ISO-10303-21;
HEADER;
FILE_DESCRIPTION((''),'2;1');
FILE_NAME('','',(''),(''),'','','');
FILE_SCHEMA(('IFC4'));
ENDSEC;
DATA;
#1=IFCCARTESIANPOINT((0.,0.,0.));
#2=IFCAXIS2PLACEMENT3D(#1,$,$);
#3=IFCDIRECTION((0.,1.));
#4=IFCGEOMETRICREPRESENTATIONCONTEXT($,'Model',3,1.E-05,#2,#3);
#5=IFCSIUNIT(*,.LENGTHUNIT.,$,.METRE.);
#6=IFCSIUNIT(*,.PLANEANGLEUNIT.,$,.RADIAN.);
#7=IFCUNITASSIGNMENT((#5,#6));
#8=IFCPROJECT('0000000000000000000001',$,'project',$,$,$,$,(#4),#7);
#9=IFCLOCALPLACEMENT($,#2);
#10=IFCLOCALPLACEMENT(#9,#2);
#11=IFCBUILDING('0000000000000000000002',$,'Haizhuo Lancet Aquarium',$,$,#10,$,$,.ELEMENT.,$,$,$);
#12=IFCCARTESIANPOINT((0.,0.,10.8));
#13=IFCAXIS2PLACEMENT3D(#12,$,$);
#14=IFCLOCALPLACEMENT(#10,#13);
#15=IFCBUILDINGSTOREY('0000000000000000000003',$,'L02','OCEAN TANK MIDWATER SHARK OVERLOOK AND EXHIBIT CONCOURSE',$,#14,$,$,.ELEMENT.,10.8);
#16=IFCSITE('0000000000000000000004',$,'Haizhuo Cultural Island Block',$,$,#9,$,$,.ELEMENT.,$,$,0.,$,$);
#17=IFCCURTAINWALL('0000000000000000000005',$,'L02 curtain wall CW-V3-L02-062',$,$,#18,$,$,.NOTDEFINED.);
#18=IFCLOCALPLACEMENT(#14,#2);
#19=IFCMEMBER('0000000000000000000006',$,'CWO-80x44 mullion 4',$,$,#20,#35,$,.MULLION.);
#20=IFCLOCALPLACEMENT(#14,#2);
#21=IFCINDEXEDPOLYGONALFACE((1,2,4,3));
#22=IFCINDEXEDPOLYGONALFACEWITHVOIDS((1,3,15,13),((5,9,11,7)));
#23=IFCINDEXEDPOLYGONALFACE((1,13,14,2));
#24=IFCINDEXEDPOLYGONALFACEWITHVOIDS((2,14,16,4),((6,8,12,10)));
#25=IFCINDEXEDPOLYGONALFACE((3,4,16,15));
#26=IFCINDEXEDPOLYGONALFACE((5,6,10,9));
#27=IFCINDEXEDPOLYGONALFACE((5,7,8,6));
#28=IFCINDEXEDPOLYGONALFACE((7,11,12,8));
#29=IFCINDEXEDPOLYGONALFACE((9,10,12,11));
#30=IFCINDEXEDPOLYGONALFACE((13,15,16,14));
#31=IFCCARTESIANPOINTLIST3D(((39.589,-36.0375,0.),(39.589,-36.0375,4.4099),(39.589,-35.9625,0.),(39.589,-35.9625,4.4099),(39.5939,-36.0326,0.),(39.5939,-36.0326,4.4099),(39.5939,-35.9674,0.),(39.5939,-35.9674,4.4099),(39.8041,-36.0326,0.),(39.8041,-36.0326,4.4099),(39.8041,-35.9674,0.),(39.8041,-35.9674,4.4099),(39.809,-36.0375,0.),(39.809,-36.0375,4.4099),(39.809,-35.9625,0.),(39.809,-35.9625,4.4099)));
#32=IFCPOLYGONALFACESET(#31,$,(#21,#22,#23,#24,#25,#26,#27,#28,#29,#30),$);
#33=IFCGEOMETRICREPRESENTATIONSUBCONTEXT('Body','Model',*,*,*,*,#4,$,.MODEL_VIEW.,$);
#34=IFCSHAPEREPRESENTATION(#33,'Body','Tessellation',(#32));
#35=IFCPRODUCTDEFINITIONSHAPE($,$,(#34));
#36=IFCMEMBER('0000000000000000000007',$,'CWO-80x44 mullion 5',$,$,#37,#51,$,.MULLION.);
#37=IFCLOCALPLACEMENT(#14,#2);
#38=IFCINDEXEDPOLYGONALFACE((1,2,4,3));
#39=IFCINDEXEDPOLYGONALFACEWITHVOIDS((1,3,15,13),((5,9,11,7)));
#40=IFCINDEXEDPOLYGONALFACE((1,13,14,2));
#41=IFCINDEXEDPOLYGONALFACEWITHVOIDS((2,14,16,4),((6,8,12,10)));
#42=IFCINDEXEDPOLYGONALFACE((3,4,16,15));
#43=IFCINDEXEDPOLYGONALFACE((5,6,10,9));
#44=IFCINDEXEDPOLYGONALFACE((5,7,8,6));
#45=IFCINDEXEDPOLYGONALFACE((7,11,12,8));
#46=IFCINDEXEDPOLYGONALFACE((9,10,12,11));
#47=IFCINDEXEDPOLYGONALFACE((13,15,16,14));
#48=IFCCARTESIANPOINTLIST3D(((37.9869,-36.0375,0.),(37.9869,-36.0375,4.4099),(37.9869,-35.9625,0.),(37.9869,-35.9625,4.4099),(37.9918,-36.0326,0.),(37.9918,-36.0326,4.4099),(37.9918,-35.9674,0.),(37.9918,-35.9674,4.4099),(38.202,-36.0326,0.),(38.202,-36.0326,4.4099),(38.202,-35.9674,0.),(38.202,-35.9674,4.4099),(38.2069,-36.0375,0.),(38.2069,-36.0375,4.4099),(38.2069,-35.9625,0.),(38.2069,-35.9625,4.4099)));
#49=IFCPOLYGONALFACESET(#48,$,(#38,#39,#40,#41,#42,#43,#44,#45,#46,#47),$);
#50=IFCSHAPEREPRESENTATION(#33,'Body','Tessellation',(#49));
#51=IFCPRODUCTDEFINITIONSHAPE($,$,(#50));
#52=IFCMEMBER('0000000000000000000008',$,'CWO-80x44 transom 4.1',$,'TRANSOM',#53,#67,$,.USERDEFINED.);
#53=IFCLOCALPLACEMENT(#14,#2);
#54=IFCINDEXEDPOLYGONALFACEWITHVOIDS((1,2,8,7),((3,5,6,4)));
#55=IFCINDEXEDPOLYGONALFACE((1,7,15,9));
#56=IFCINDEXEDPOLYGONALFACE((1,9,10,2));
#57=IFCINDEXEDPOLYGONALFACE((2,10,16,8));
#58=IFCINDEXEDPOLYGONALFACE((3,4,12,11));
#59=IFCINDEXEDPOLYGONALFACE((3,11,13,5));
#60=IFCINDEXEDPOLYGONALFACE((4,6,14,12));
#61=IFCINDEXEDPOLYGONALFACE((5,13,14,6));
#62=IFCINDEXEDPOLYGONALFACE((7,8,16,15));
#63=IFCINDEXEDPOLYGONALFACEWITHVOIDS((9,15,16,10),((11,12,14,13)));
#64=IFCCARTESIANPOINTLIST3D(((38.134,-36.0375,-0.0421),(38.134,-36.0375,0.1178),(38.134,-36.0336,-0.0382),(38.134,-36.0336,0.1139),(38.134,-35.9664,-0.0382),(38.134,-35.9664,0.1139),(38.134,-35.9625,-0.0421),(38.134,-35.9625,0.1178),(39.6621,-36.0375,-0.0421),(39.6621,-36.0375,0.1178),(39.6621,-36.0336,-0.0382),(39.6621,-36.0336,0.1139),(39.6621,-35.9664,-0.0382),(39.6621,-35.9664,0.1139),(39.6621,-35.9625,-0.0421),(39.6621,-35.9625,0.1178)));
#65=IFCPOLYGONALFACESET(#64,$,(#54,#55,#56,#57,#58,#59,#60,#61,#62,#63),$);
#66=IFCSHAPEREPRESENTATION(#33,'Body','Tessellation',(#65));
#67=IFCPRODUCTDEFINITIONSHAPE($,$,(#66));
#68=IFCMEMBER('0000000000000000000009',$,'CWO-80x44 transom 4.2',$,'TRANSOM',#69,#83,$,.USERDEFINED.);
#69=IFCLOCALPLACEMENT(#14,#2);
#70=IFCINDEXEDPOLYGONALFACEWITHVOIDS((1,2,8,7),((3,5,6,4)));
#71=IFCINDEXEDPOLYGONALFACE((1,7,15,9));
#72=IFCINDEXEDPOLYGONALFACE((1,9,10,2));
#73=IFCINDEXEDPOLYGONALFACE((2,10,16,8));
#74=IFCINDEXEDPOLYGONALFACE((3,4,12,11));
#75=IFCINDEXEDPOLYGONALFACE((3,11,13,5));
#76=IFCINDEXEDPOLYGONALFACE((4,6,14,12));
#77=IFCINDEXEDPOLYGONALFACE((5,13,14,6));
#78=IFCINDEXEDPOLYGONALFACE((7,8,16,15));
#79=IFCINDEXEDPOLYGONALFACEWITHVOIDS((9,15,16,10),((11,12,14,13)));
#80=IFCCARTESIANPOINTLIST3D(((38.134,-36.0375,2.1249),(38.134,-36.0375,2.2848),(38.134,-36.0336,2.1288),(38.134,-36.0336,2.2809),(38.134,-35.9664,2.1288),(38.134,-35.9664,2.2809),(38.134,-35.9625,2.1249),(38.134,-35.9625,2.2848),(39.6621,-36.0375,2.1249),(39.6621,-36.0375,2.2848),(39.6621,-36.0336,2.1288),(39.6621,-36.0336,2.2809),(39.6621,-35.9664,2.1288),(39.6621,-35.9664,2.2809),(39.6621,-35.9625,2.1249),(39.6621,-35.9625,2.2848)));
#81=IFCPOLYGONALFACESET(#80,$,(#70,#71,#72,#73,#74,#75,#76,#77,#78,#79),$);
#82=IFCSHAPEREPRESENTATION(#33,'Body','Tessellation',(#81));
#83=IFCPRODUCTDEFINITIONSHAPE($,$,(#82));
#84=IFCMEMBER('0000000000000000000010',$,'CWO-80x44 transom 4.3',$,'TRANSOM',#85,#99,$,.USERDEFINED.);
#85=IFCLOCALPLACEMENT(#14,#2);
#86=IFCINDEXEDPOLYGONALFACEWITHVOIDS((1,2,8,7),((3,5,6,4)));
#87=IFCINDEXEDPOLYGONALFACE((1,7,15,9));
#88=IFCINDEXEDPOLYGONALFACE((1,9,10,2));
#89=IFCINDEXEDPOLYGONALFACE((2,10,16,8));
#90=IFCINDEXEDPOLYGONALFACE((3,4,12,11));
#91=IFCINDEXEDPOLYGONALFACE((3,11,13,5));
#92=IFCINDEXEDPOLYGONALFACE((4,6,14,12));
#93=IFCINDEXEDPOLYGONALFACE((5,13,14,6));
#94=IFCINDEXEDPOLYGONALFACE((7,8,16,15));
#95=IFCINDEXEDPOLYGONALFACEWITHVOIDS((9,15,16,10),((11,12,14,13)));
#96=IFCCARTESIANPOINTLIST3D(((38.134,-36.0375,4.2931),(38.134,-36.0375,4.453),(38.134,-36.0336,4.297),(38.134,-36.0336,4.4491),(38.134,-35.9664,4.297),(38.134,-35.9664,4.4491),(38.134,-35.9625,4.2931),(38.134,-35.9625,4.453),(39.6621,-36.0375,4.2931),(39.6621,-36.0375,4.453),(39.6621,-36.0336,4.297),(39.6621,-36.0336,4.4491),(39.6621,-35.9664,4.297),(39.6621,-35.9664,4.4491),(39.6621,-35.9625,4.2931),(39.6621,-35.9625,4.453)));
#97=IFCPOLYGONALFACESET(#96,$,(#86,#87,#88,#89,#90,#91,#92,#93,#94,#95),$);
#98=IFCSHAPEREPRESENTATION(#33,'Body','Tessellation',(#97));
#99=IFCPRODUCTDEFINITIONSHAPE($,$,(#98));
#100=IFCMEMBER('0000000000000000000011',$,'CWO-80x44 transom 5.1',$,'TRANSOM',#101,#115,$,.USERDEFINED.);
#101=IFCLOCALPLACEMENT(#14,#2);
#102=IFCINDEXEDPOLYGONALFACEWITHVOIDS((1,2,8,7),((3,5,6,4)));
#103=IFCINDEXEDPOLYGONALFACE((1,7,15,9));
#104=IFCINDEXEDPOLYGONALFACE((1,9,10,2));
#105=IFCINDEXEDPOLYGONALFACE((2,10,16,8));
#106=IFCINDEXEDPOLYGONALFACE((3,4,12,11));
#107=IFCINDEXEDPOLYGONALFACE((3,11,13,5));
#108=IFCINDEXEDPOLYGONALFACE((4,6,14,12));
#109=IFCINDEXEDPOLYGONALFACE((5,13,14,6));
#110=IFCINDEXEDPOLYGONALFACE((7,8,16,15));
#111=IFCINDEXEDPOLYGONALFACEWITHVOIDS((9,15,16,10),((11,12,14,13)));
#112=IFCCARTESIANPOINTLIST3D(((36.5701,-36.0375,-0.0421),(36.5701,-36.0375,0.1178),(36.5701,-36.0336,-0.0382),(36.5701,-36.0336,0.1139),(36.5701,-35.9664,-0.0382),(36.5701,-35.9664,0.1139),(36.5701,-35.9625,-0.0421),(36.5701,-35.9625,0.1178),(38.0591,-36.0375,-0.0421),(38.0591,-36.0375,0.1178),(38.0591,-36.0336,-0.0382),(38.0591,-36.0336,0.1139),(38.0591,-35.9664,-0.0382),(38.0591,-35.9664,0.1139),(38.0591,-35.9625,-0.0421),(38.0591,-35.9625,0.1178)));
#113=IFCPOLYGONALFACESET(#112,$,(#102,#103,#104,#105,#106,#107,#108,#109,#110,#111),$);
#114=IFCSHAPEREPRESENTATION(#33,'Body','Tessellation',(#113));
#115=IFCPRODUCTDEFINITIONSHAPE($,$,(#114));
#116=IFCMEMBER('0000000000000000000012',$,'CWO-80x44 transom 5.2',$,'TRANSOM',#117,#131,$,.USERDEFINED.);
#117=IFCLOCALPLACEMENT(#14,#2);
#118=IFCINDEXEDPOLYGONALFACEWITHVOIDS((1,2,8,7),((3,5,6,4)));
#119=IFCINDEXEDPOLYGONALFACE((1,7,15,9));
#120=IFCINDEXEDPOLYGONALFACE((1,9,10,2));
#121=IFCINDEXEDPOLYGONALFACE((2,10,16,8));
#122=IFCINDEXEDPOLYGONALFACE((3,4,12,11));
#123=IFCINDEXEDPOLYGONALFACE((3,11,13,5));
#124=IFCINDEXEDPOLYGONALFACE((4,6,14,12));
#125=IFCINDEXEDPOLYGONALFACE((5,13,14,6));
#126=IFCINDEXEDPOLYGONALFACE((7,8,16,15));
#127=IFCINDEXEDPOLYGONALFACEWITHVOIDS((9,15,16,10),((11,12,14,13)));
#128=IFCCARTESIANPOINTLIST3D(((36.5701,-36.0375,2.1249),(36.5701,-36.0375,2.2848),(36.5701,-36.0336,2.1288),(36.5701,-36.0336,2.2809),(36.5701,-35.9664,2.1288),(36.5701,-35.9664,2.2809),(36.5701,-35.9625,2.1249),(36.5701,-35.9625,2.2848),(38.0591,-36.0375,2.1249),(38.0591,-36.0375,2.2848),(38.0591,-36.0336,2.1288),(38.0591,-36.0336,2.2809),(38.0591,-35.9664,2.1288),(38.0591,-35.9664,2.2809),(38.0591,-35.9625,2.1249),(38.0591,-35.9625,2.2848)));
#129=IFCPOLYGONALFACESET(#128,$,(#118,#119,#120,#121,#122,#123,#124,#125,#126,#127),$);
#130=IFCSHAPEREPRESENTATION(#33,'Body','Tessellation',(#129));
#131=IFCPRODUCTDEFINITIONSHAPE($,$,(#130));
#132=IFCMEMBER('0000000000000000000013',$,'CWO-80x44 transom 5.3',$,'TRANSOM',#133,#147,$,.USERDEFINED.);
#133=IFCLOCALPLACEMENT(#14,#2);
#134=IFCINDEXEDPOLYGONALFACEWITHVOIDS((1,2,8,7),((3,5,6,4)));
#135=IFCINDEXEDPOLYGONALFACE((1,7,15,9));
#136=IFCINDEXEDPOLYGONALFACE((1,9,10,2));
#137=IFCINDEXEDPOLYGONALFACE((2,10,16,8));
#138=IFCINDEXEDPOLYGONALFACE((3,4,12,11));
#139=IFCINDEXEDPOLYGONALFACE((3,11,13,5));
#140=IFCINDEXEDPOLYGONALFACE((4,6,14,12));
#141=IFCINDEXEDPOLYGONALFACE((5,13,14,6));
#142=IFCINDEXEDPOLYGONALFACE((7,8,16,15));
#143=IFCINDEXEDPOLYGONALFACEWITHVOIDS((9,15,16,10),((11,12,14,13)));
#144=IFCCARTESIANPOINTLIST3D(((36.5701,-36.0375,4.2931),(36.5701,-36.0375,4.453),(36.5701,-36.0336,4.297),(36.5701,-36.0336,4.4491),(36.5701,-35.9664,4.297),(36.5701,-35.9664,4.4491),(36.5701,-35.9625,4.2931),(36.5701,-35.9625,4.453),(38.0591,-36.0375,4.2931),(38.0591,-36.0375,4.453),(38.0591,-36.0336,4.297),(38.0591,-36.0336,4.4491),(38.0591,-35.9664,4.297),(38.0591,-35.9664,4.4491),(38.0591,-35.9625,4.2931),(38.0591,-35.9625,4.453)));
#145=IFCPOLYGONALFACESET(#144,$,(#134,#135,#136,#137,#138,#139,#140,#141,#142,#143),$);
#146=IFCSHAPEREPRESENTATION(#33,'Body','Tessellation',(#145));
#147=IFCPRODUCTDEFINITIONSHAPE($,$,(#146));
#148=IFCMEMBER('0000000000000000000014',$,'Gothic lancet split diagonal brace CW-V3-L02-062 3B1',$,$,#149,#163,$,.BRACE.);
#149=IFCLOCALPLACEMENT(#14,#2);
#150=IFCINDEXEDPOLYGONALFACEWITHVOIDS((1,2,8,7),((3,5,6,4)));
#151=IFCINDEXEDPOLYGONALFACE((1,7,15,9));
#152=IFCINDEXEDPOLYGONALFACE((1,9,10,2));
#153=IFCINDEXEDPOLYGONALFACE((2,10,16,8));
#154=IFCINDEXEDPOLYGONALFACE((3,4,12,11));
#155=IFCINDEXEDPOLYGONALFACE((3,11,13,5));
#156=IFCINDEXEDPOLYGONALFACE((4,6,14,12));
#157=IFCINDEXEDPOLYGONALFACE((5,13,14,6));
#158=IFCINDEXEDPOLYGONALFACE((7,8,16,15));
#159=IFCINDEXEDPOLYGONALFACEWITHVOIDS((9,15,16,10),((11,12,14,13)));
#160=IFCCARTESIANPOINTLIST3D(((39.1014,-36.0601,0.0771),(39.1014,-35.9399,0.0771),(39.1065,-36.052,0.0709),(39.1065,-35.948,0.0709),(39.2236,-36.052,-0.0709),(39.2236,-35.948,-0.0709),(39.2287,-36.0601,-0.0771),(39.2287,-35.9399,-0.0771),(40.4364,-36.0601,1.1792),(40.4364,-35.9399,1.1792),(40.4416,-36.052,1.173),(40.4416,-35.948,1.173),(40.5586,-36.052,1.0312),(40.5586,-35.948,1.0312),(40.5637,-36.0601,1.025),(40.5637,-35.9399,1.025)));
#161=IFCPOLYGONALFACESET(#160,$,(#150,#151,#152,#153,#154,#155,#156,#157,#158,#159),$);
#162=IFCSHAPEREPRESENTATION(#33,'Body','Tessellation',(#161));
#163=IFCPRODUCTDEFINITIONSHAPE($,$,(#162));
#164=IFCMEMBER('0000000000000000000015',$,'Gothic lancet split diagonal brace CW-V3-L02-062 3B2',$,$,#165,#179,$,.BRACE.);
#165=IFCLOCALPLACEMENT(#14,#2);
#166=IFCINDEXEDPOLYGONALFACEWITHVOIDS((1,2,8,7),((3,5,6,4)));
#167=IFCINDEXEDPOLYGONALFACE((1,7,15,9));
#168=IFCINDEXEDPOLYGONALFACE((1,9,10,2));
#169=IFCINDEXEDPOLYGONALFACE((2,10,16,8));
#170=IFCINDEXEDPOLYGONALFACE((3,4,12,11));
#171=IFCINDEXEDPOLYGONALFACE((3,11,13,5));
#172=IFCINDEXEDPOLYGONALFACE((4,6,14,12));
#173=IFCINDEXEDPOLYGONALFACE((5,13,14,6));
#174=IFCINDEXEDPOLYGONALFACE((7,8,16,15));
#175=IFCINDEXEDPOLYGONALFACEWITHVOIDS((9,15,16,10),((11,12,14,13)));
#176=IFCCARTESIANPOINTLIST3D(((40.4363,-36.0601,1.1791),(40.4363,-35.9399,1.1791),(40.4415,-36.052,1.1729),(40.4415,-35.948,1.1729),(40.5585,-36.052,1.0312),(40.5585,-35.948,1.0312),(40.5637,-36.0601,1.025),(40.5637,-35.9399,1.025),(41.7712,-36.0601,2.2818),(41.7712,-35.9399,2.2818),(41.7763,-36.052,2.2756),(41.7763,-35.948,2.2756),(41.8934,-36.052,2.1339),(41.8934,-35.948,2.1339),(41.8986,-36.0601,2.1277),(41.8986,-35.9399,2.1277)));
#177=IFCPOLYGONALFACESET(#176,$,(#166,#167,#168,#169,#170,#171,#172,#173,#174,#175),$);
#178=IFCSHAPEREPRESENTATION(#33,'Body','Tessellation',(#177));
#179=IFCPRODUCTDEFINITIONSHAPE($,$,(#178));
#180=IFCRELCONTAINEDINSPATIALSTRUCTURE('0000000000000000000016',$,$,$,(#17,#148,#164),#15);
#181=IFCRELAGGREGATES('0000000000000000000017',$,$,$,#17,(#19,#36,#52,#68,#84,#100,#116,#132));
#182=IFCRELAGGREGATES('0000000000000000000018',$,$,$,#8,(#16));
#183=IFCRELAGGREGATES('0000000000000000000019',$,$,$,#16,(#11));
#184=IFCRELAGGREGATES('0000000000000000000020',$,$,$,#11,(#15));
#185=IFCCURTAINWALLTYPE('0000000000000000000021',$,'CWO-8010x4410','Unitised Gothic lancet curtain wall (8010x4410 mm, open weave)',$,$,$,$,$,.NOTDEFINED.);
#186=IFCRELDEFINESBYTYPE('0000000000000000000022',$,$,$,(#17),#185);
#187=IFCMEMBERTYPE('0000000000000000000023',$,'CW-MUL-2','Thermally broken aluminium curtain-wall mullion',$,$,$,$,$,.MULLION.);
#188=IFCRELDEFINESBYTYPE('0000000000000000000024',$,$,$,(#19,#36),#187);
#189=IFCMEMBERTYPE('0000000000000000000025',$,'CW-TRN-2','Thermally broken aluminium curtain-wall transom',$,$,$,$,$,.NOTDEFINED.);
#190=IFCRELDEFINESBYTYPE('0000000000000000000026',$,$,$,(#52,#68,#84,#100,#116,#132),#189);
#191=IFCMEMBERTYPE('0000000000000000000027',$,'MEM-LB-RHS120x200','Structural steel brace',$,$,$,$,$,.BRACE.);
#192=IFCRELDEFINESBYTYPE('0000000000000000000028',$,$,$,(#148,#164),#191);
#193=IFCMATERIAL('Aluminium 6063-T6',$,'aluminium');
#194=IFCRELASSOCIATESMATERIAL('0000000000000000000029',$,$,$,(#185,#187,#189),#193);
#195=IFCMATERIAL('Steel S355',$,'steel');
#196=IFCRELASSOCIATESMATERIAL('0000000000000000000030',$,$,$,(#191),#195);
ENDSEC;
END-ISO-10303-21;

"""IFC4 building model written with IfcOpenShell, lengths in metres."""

from ifc_helpers import new_model, si_unit, direction, frame, origin, origin_2d, place, context, subcontext, project, spatial, hollow_rectangle, extrude, material, material_profile, profile_set, type_object, element, aggregate, save


model = new_model("IFC4")

# Units and contexts
model_context = context("Model", 3, precision=1e-05, world=origin(), true_north=direction((0.0, 1.0)))
body_context = subcontext(model_context, "Body", "Model", "MODEL_VIEW")
ifc_project = project(units=[si_unit("LENGTHUNIT", "METRE"), si_unit("PLANEANGLEUNIT", "RADIAN")], contexts=[model_context])

# Site, building, storey
site_placement = place(None, origin())
site = spatial("IfcSite", under=ifc_project, at=site_placement, Name="Haizhuo Cultural Island Block", CompositionType="ELEMENT", RefElevation=0.0)
building_placement = place(site_placement, origin())
building = spatial("IfcBuilding", under=site, at=building_placement, Name="Haizhuo Lancet Aquarium", CompositionType="ELEMENT")
storey_placement = place(building_placement, frame((0.0, 0.0, 10.8)))
storey = spatial("IfcBuildingStorey", under=building, at=storey_placement, Name="L02", Description="OCEAN TANK MIDWATER SHARK OVERLOOK AND EXHIBIT CONCOURSE", CompositionType="ELEMENT", Elevation=10.8)

# Curtain wall, members
ifc_material_1 = material(Name="Aluminium 6063-T6", Category="aluminium")
curtain_wall_type = type_object("IfcCurtainWallType", Name="CWO-8010x4410", Description="Unitised Gothic lancet curtain wall (8010x4410 mm, open weave)", PredefinedType="NOTDEFINED", material=ifc_material_1)
curtain_wall_placement = place(storey_placement, origin())
curtain_wall = element("IfcCurtainWall", 1, at=curtain_wall_placement, inside=storey, type_object=curtain_wall_type, Name="L02 curtain wall CW-V3-L02-062", PredefinedType="NOTDEFINED")
ifc_material_profile_1 = material_profile(ifc_material_1, hollow_rectangle(XDim=0.075, YDim=0.22, WallThickness=0.0049, at=origin_2d()), Name="ALU-M 75x220x5")
ifc_profile_set_1 = profile_set([ifc_material_profile_1], Name="Aluminium 6063-T6")
member_type_1 = type_object("IfcMemberType", Name="CW-MUL-2", Description="Thermally broken aluminium curtain-wall mullion", PredefinedType="MULLION", material=ifc_profile_set_1)
member_1_placement = place(storey_placement, frame((39.699, -36.0, 0.0), z_axis=(0.0, 0.0, 1.0), x_axis=(0.0, -1.0, 0.0)))
member_1 = element("IfcMember", 2, at=member_1_placement, type_object=member_type_1, Name="CWO-80x44 mullion 4", PredefinedType="MULLION", context=body_context, shape_type="SweptSolid", body=[
    extrude(hollow_rectangle(XDim=0.075, YDim=0.22, WallThickness=0.0049, at=origin_2d()), origin(), (0.0, 0.0, 1.0), 4.4099),
])
member_2_placement = place(storey_placement, frame((38.0969, -36.0, 0.0), z_axis=(0.0, 0.0, 1.0), x_axis=(0.0, -1.0, 0.0)))
member_2 = element("IfcMember", 3, at=member_2_placement, type_object=member_type_1, Name="CWO-80x44 mullion 5", PredefinedType="MULLION", context=body_context, shape_type="SweptSolid", body=[
    extrude(hollow_rectangle(XDim=0.075, YDim=0.22, WallThickness=0.0049, at=origin_2d()), origin(), (0.0, 0.0, 1.0), 4.4099),
])
ifc_material_profile_2 = material_profile(ifc_material_1, hollow_rectangle(XDim=0.075, YDim=0.1599, WallThickness=0.0039, at=origin_2d()), Name="ALU-T 75x160x4")
ifc_profile_set_2 = profile_set([ifc_material_profile_2], Name="Aluminium 6063-T6")
member_type_2 = type_object("IfcMemberType", Name="CW-TRN-2", Description="Thermally broken aluminium curtain-wall transom", PredefinedType="NOTDEFINED", material=ifc_profile_set_2)
member_3_placement = place(storey_placement, frame((39.6621, -36.0, 0.0378), z_axis=(-1.0, 0.0, 0.0), x_axis=(0.0, -1.0, 0.0)))
member_3 = element("IfcMember", 4, at=member_3_placement, type_object=member_type_2, Name="CWO-80x44 transom 4.1", ObjectType="TRANSOM", PredefinedType="USERDEFINED", context=body_context, shape_type="SweptSolid", body=[
    extrude(hollow_rectangle(XDim=0.075, YDim=0.1599, WallThickness=0.0039, at=origin_2d()), origin(), (0.0, 0.0, 1.0), 1.5281),
])
member_4_placement = place(storey_placement, frame((39.6621, -36.0, 2.2048), z_axis=(-1.0, 0.0, 0.0), x_axis=(0.0, -1.0, 0.0)))
member_4 = element("IfcMember", 5, at=member_4_placement, type_object=member_type_2, Name="CWO-80x44 transom 4.2", ObjectType="TRANSOM", PredefinedType="USERDEFINED", context=body_context, shape_type="SweptSolid", body=[
    extrude(hollow_rectangle(XDim=0.075, YDim=0.1599, WallThickness=0.0039, at=origin_2d()), origin(), (0.0, 0.0, 1.0), 1.5281),
])
member_5_placement = place(storey_placement, frame((39.6621, -36.0, 4.373), z_axis=(-1.0, 0.0, 0.0), x_axis=(0.0, -1.0, 0.0)))
member_5 = element("IfcMember", 6, at=member_5_placement, type_object=member_type_2, Name="CWO-80x44 transom 4.3", ObjectType="TRANSOM", PredefinedType="USERDEFINED", context=body_context, shape_type="SweptSolid", body=[
    extrude(hollow_rectangle(XDim=0.075, YDim=0.1599, WallThickness=0.0039, at=origin_2d()), origin(), (0.0, 0.0, 1.0), 1.5281),
])
member_6_placement = place(storey_placement, frame((38.0591, -36.0, 0.0378), z_axis=(-1.0, 0.0, 0.0), x_axis=(0.0, -1.0, 0.0)))
member_6 = element("IfcMember", 7, at=member_6_placement, type_object=member_type_2, Name="CWO-80x44 transom 5.1", ObjectType="TRANSOM", PredefinedType="USERDEFINED", context=body_context, shape_type="SweptSolid", body=[
    extrude(hollow_rectangle(XDim=0.075, YDim=0.1599, WallThickness=0.0039, at=origin_2d()), origin(), (0.0, 0.0, 1.0), 1.489),
])
member_7_placement = place(storey_placement, frame((38.0591, -36.0, 2.2048), z_axis=(-1.0, 0.0, 0.0), x_axis=(0.0, -1.0, 0.0)))
member_7 = element("IfcMember", 8, at=member_7_placement, type_object=member_type_2, Name="CWO-80x44 transom 5.2", ObjectType="TRANSOM", PredefinedType="USERDEFINED", context=body_context, shape_type="SweptSolid", body=[
    extrude(hollow_rectangle(XDim=0.075, YDim=0.1599, WallThickness=0.0039, at=origin_2d()), origin(), (0.0, 0.0, 1.0), 1.489),
])
member_8_placement = place(storey_placement, frame((38.0591, -36.0, 4.373), z_axis=(-1.0, 0.0, 0.0), x_axis=(0.0, -1.0, 0.0)))
member_8 = element("IfcMember", 9, at=member_8_placement, type_object=member_type_2, Name="CWO-80x44 transom 5.3", ObjectType="TRANSOM", PredefinedType="USERDEFINED", context=body_context, shape_type="SweptSolid", body=[
    extrude(hollow_rectangle(XDim=0.075, YDim=0.1599, WallThickness=0.0039, at=origin_2d()), origin(), (0.0, 0.0, 1.0), 1.489),
])

# Members
ifc_material_2 = material(Name="Steel S355", Category="steel")
ifc_material_profile_3 = material_profile(ifc_material_2, hollow_rectangle(XDim=0.1201, YDim=0.2, WallThickness=0.0081, at=origin_2d()), Name="RHS 120x200x8")
ifc_profile_set_3 = profile_set([ifc_material_profile_3], Name="Steel S355")
member_type_3 = type_object("IfcMemberType", Name="MEM-LB-RHS120x200", Description="Structural steel brace", PredefinedType="BRACE", material=ifc_profile_set_3)
member_9_placement = place(storey_placement, frame((39.165, -36.0, 0.0), z_axis=(0.771172, 0.0, 0.636626), x_axis=(0.0, 1.0, 0.0)))
element("IfcMember", 10, at=member_9_placement, inside=storey, type_object=member_type_3, Name="Gothic lancet split diagonal brace CW-V3-L02-062 3B1", PredefinedType="BRACE", context=body_context, shape_type="SweptSolid", body=[
    extrude(hollow_rectangle(XDim=0.1201, YDim=0.2, WallThickness=0.0081, at=origin_2d()), origin(), (0.0, 0.0, 1.0), 1.7312),
])
member_10_placement = place(storey_placement, frame((40.5, -36.0, 1.1021), z_axis=(0.770965, 0.0, 0.636878), x_axis=(0.0, 1.0, 0.0)))
element("IfcMember", 11, at=member_10_placement, inside=storey, type_object=member_type_3, Name="Gothic lancet split diagonal brace CW-V3-L02-062 3B2", PredefinedType="BRACE", context=body_context, shape_type="SweptSolid", body=[
    extrude(hollow_rectangle(XDim=0.1201, YDim=0.2, WallThickness=0.0081, at=origin_2d()), origin(), (0.0, 0.0, 1.0), 1.7314),
])

aggregate(curtain_wall, [member_1, member_2, member_3, member_4, member_5, member_6, member_7, member_8])

save(model, "model.ifc")
